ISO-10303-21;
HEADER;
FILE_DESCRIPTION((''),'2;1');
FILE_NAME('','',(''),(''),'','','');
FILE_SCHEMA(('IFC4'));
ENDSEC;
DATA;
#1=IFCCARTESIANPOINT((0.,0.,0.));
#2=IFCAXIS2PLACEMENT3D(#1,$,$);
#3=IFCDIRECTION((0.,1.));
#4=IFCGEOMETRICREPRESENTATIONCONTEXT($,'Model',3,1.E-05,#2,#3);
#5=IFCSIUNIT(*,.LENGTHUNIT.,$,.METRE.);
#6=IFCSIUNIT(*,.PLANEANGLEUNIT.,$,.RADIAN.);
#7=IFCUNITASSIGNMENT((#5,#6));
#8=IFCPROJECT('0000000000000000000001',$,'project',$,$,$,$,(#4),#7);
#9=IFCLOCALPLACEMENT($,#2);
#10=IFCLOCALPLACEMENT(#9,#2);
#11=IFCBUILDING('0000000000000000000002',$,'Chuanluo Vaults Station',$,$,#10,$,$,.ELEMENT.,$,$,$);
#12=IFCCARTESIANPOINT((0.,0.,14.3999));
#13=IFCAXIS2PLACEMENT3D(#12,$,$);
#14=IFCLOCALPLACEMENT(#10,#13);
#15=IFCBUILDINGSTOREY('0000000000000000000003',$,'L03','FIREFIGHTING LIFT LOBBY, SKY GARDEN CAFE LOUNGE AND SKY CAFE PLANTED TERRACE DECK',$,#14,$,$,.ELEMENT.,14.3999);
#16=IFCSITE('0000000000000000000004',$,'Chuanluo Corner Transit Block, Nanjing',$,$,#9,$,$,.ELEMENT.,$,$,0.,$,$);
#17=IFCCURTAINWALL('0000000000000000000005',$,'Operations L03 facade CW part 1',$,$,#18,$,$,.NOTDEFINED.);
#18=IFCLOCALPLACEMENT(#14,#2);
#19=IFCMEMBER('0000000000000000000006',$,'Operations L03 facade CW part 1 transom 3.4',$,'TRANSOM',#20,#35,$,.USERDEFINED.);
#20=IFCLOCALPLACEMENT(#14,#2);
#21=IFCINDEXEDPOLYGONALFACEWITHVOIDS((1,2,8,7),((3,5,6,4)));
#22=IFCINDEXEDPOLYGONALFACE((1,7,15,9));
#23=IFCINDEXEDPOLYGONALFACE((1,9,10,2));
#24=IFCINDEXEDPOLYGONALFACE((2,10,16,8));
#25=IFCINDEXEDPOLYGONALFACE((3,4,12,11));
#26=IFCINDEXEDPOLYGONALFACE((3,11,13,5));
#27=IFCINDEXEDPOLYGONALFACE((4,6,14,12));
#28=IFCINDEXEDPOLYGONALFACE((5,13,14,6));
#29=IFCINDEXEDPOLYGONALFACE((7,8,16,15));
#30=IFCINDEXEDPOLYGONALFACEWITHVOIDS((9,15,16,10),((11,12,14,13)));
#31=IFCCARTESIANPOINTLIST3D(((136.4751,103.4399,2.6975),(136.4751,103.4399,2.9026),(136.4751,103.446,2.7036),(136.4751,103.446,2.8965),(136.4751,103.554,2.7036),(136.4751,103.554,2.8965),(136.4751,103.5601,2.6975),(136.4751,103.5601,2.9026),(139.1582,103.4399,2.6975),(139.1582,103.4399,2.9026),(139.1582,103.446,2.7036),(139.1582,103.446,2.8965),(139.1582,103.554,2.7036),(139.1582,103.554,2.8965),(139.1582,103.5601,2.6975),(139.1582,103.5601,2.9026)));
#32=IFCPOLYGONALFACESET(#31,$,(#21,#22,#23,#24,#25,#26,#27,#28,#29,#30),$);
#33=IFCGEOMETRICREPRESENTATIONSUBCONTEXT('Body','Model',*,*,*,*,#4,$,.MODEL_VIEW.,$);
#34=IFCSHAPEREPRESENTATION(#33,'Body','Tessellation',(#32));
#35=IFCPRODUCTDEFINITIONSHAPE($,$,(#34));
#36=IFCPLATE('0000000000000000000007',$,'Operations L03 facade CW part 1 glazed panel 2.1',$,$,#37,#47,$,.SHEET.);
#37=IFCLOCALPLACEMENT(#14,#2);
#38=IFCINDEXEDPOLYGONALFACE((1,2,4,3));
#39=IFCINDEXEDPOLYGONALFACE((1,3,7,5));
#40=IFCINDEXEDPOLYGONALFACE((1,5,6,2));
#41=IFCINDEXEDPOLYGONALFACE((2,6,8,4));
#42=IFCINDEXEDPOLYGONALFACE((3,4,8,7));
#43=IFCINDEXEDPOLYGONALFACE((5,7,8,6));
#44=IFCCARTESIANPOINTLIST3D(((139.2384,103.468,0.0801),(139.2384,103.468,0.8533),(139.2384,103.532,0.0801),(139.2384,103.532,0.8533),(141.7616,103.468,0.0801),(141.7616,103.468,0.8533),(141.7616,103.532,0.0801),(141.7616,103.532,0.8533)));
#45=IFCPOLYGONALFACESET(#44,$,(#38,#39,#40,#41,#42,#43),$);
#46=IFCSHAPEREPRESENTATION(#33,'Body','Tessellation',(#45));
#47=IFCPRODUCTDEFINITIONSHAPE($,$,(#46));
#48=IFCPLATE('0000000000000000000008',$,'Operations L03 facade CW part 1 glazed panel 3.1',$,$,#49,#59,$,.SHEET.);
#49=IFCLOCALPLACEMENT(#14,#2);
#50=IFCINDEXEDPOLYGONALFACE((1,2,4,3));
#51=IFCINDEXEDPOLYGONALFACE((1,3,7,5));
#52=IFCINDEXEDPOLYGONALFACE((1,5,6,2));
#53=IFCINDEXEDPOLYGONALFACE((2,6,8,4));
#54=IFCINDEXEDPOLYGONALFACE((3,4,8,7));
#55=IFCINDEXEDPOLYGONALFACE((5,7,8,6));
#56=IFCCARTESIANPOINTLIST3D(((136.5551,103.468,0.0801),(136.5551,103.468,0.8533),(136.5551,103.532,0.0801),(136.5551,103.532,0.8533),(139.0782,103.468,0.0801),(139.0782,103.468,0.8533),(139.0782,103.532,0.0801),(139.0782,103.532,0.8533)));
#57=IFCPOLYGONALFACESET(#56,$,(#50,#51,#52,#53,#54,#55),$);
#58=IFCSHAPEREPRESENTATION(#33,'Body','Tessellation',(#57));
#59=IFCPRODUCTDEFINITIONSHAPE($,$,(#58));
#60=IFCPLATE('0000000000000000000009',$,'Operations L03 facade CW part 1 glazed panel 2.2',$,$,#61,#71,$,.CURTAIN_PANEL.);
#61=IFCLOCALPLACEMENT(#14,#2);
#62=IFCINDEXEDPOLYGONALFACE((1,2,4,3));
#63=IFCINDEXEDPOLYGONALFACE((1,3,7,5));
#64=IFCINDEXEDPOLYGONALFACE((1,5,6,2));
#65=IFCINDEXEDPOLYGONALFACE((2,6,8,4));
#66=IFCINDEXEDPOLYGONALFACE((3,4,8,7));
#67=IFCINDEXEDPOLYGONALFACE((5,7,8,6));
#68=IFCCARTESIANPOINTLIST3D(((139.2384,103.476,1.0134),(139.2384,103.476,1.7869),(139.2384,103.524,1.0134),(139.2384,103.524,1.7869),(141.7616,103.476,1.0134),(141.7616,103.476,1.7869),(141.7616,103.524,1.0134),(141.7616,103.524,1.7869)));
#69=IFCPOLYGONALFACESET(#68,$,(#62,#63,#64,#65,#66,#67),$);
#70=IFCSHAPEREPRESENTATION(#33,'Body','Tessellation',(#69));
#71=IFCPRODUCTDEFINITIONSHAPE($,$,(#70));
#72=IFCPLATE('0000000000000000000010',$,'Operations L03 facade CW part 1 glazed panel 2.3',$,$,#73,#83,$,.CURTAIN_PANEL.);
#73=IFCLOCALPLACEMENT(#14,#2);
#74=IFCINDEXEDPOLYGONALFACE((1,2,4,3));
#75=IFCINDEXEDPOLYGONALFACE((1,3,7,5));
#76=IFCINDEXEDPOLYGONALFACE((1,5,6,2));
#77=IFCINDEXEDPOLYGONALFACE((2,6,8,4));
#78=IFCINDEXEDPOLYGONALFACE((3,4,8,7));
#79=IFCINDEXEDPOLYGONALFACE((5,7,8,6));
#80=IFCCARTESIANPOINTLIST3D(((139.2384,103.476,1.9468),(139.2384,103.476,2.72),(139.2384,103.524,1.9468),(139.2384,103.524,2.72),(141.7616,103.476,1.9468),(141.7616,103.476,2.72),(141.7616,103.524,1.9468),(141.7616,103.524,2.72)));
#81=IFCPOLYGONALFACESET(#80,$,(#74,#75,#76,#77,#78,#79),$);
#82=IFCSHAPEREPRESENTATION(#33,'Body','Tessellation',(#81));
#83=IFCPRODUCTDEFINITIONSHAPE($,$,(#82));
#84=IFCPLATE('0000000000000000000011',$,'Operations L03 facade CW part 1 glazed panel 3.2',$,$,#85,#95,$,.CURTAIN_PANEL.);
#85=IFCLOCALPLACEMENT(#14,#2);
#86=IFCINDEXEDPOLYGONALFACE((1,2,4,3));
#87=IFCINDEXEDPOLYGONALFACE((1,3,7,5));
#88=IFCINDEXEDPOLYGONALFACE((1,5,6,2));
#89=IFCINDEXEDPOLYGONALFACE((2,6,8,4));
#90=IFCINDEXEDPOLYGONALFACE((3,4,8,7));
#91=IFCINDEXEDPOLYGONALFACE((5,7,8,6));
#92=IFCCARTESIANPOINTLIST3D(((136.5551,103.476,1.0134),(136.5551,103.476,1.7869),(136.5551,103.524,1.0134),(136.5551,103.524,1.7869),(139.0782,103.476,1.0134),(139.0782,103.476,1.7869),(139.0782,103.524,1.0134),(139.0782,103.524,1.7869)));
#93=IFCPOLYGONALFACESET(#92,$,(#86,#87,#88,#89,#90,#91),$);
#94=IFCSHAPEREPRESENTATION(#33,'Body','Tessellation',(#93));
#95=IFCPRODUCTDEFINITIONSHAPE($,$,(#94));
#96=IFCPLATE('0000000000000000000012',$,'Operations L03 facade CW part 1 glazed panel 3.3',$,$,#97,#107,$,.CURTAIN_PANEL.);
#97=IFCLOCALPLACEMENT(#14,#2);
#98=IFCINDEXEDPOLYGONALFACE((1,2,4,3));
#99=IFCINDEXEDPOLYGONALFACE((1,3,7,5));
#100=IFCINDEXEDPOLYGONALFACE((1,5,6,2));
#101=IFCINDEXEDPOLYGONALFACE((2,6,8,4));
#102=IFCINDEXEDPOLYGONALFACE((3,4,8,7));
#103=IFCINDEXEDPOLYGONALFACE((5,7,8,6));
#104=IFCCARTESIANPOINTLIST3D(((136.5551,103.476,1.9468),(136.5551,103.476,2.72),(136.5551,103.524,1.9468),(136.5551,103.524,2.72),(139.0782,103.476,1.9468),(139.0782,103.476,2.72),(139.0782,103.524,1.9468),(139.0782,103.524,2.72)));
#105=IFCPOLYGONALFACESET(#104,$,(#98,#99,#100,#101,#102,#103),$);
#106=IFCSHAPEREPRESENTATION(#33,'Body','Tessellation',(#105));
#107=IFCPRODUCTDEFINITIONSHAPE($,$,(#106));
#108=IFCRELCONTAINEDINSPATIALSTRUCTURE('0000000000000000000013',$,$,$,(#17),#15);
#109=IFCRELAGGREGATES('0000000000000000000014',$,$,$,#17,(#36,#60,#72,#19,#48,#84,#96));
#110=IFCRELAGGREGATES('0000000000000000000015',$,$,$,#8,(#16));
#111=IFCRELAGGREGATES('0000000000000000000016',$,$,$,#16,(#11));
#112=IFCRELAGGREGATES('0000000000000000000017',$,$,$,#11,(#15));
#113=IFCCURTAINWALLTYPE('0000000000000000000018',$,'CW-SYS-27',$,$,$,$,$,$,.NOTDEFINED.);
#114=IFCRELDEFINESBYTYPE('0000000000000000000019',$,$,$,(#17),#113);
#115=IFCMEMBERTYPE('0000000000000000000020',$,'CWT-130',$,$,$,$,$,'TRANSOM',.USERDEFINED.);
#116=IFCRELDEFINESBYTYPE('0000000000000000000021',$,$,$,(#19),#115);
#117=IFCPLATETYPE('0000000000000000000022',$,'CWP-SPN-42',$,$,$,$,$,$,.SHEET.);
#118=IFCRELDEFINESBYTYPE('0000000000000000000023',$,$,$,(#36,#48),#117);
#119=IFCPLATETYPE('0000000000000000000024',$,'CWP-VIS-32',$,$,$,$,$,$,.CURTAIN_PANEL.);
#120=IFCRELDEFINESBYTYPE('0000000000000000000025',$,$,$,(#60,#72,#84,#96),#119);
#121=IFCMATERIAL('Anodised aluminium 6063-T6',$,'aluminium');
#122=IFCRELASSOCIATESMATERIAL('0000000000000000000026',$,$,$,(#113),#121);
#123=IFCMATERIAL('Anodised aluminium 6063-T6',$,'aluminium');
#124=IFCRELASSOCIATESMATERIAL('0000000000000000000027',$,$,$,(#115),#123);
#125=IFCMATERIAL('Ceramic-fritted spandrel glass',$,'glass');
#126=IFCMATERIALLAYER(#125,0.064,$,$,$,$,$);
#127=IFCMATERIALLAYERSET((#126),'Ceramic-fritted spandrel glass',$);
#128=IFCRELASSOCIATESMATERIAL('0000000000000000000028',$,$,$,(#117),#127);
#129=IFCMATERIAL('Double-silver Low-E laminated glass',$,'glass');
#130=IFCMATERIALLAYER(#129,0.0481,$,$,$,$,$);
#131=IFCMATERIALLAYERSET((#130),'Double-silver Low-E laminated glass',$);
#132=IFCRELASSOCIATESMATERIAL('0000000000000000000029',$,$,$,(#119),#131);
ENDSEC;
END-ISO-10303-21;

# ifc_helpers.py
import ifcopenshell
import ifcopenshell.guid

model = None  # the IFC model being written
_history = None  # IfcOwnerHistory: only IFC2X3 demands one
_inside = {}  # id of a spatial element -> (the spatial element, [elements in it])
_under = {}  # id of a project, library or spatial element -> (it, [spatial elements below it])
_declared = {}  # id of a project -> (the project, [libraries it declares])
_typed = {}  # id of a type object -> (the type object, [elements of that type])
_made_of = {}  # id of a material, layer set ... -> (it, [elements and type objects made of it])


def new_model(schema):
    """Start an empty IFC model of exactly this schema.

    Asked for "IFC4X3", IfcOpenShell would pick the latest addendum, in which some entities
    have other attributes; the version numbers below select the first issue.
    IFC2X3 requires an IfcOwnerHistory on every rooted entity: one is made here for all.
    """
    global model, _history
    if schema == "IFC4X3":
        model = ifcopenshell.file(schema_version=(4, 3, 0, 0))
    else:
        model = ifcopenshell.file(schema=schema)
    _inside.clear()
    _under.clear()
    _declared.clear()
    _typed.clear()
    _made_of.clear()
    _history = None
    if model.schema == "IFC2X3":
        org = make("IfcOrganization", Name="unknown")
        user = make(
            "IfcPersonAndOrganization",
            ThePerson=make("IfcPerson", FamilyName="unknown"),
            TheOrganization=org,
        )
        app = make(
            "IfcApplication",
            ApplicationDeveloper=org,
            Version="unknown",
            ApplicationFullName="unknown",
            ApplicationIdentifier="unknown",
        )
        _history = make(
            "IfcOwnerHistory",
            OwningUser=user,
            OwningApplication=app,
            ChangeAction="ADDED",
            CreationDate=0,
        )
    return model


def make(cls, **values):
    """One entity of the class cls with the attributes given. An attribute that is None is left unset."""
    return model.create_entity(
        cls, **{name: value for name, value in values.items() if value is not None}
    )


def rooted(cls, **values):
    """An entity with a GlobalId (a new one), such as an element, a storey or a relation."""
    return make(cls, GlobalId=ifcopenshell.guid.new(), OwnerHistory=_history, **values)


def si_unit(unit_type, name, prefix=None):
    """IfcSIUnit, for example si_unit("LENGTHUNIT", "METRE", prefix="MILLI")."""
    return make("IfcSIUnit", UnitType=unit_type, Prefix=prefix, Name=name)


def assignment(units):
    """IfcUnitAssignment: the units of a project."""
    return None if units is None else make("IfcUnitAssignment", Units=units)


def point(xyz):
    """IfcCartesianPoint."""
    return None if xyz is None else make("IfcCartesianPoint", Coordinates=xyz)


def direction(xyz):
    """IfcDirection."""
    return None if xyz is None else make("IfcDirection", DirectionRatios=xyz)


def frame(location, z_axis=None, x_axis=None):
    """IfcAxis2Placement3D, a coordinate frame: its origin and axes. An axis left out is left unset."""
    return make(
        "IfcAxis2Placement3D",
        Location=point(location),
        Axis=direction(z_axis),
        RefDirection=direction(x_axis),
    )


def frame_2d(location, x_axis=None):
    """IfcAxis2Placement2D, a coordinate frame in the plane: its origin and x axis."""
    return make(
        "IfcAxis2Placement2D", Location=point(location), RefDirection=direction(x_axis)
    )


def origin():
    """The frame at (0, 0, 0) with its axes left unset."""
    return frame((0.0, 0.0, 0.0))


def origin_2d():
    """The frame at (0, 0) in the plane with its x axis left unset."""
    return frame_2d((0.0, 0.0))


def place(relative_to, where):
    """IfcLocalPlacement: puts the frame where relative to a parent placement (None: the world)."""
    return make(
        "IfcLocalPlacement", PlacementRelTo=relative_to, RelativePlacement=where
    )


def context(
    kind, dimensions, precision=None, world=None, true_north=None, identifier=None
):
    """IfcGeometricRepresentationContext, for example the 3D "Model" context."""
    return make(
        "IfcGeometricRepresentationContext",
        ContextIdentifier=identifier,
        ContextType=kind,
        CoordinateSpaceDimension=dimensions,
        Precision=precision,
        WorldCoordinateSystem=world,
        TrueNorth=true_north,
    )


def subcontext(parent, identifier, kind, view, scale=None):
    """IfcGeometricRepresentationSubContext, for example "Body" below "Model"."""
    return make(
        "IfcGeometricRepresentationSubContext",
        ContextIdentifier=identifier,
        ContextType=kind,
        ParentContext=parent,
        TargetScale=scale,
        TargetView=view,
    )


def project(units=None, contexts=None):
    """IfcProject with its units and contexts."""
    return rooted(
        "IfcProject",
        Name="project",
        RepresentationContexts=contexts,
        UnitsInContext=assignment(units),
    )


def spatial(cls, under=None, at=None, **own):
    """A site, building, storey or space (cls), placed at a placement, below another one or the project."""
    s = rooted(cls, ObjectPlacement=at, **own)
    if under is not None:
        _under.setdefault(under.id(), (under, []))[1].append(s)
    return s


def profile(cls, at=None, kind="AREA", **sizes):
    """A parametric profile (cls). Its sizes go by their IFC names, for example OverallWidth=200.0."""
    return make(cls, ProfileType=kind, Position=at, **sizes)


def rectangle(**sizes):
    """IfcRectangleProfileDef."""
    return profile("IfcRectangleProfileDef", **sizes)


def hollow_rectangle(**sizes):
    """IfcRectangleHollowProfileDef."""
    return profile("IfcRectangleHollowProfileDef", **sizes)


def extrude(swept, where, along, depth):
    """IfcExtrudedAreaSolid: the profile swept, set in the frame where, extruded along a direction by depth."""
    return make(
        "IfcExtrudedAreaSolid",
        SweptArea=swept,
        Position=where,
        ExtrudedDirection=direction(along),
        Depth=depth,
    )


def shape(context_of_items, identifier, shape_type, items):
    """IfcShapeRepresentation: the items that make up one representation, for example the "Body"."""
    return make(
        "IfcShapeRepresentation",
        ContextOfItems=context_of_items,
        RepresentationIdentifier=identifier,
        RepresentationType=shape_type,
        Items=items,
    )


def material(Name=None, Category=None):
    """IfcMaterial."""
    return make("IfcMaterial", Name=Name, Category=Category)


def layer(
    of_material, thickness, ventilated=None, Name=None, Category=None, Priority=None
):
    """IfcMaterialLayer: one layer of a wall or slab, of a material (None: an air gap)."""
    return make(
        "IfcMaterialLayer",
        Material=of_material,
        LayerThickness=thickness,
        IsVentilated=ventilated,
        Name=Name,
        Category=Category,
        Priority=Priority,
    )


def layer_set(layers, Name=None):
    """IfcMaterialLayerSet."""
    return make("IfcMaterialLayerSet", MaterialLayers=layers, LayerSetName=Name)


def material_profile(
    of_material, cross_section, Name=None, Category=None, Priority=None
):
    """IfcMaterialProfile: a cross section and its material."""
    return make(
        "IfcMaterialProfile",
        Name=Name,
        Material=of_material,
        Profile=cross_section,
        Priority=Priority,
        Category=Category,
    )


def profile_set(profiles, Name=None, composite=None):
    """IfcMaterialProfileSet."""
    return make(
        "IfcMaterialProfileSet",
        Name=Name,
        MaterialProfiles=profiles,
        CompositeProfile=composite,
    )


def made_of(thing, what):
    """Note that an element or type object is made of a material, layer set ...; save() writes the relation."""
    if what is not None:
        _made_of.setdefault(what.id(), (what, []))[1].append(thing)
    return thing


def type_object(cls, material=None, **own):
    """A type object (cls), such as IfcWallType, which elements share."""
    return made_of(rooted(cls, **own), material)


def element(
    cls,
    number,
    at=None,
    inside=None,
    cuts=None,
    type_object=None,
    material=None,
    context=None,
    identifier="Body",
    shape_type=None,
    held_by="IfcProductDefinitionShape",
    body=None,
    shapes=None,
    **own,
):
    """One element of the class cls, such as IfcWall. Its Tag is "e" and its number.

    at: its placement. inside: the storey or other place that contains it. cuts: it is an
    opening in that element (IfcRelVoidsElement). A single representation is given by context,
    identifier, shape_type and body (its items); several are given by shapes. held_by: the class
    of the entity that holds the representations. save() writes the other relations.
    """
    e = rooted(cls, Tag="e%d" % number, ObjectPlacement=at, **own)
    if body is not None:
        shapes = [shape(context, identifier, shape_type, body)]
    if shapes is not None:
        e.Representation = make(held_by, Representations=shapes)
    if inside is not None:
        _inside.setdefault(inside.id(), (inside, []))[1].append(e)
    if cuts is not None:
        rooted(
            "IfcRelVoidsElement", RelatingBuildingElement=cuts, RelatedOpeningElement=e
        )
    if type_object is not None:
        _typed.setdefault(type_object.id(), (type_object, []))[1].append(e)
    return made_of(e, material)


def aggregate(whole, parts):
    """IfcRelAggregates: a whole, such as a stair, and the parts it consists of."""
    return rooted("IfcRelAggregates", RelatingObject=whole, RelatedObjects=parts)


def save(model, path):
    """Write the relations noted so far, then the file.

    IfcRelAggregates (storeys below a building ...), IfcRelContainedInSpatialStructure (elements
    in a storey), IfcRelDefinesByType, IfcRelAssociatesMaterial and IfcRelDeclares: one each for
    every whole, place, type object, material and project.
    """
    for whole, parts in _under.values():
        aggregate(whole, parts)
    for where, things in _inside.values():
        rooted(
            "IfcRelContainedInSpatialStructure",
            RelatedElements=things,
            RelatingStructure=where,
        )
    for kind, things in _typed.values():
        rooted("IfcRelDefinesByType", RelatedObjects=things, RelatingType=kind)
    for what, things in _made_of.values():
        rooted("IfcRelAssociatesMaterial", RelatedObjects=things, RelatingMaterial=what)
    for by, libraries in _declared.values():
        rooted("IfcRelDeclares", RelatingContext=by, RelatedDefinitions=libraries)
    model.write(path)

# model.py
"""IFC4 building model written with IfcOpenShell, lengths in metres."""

from ifc_helpers import new_model, si_unit, direction, frame, origin, origin_2d, place, context, subcontext, project, spatial, rectangle, hollow_rectangle, extrude, material, layer, layer_set, material_profile, profile_set, type_object, element, aggregate, save


model = new_model("IFC4")

# Units and contexts
model_context = context("Model", 3, precision=1e-05, world=origin(), true_north=direction((0.0, 1.0)))
body_context = subcontext(model_context, "Body", "Model", "MODEL_VIEW")
ifc_project = project(units=[si_unit("LENGTHUNIT", "METRE"), si_unit("PLANEANGLEUNIT", "RADIAN")], contexts=[model_context])

# Site, building, storey
site_placement = place(None, origin())
site = spatial("IfcSite", under=ifc_project, at=site_placement, Name="Chuanluo Corner Transit Block, Nanjing", CompositionType="ELEMENT", RefElevation=0.0)
building_placement = place(site_placement, origin())
building = spatial("IfcBuilding", under=site, at=building_placement, Name="Chuanluo Vaults Station", CompositionType="ELEMENT")
storey_placement = place(building_placement, frame((0.0, 0.0, 14.3999)))
storey = spatial("IfcBuildingStorey", under=building, at=storey_placement, Name="L03", Description="FIREFIGHTING LIFT LOBBY, SKY GARDEN CAFE LOUNGE AND SKY CAFE PLANTED TERRACE DECK", CompositionType="ELEMENT", Elevation=14.3999)

# Curtain wall
ifc_material_1 = material(Name="Anodised aluminium 6063-T6", Category="aluminium")
curtain_wall_type_1 = type_object("IfcCurtainWallType", Name="CW-SYS-27", PredefinedType="NOTDEFINED", material=ifc_material_1)
curtain_wall_1_placement = place(storey_placement, origin())
curtain_wall_1 = element("IfcCurtainWall", 1, at=curtain_wall_1_placement, inside=storey, type_object=curtain_wall_type_1, Name="Operations L03 facade CW part 1", PredefinedType="NOTDEFINED")

# Member
ifc_material_2 = material(Name="Anodised aluminium 6063-T6", Category="aluminium")
ifc_material_profile_1 = material_profile(ifc_material_2, hollow_rectangle(XDim=0.1201, YDim=0.2051, WallThickness=0.0061, at=origin_2d()))
ifc_profile_set_1 = profile_set([ifc_material_profile_1], Name="Anodised aluminium 6063-T6")
member_type_1 = type_object("IfcMemberType", Name="CWT-130", ElementType="TRANSOM", PredefinedType="USERDEFINED", material=ifc_profile_set_1)
member_1_placement = place(storey_placement, frame((139.1582, 103.5, 2.8), z_axis=(-1.0, 0.0, 0.0), x_axis=(0.0, -1.0, 0.0)))
member_1 = element("IfcMember", 2, at=member_1_placement, type_object=member_type_1, Name="Operations L03 facade CW part 1 transom 3.4", ObjectType="TRANSOM", PredefinedType="USERDEFINED", context=body_context, shape_type="SweptSolid", body=[
    extrude(hollow_rectangle(XDim=0.1201, YDim=0.2051, WallThickness=0.0061, at=origin_2d()), origin(), (0.0, 0.0, 1.0), 2.6831),
])

# Plates
ifc_material_3 = material(Name="Ceramic-fritted spandrel glass", Category="glass")
ifc_layer_1 = layer(ifc_material_3, 0.064)
ifc_layer_set_1 = layer_set([ifc_layer_1], Name="Ceramic-fritted spandrel glass")
plate_type_1 = type_object("IfcPlateType", Name="CWP-SPN-42", PredefinedType="SHEET", material=ifc_layer_set_1)
plate_1_placement = place(storey_placement, frame((140.5, 103.5, 0.0801), z_axis=(0.0, 0.0, 1.0), x_axis=(-1.0, 0.0, 0.0)))
plate_1 = element("IfcPlate", 3, at=plate_1_placement, type_object=plate_type_1, Name="Operations L03 facade CW part 1 glazed panel 2.1", PredefinedType="SHEET", context=body_context, shape_type="SweptSolid", body=[
    extrude(rectangle(XDim=2.5232, YDim=0.064, at=origin_2d()), origin(), (0.0, 0.0, 1.0), 0.7732),
])
plate_2_placement = place(storey_placement, frame((137.8167, 103.5, 0.0801), z_axis=(0.0, 0.0, 1.0), x_axis=(-1.0, 0.0, 0.0)))
plate_2 = element("IfcPlate", 4, at=plate_2_placement, type_object=plate_type_1, Name="Operations L03 facade CW part 1 glazed panel 3.1", PredefinedType="SHEET", context=body_context, shape_type="SweptSolid", body=[
    extrude(rectangle(XDim=2.5232, YDim=0.064, at=origin_2d()), origin(), (0.0, 0.0, 1.0), 0.7732),
])
ifc_material_4 = material(Name="Double-silver Low-E laminated glass", Category="glass")
ifc_layer_2 = layer(ifc_material_4, 0.0481)
ifc_layer_set_2 = layer_set([ifc_layer_2], Name="Double-silver Low-E laminated glass")
plate_type_2 = type_object("IfcPlateType", Name="CWP-VIS-32", PredefinedType="CURTAIN_PANEL", material=ifc_layer_set_2)
plate_3_placement = place(storey_placement, frame((140.5, 103.5, 1.0134), z_axis=(0.0, 0.0, 1.0), x_axis=(-1.0, 0.0, 0.0)))
plate_3 = element("IfcPlate", 5, at=plate_3_placement, type_object=plate_type_2, Name="Operations L03 facade CW part 1 glazed panel 2.2", PredefinedType="CURTAIN_PANEL", context=body_context, shape_type="SweptSolid", body=[
    extrude(rectangle(XDim=2.5232, YDim=0.0481, at=origin_2d()), origin(), (0.0, 0.0, 1.0), 0.7734),
])
plate_4_placement = place(storey_placement, frame((140.5, 103.5, 1.9468), z_axis=(0.0, 0.0, 1.0), x_axis=(-1.0, 0.0, 0.0)))
plate_4 = element("IfcPlate", 6, at=plate_4_placement, type_object=plate_type_2, Name="Operations L03 facade CW part 1 glazed panel 2.3", PredefinedType="CURTAIN_PANEL", context=body_context, shape_type="SweptSolid", body=[
    extrude(rectangle(XDim=2.5232, YDim=0.0481, at=origin_2d()), origin(), (0.0, 0.0, 1.0), 0.7732),
])
plate_5_placement = place(storey_placement, frame((137.8167, 103.5, 1.0134), z_axis=(0.0, 0.0, 1.0), x_axis=(-1.0, 0.0, 0.0)))
plate_5 = element("IfcPlate", 7, at=plate_5_placement, type_object=plate_type_2, Name="Operations L03 facade CW part 1 glazed panel 3.2", PredefinedType="CURTAIN_PANEL", context=body_context, shape_type="SweptSolid", body=[
    extrude(rectangle(XDim=2.5232, YDim=0.0481, at=origin_2d()), origin(), (0.0, 0.0, 1.0), 0.7734),
])
plate_6_placement = place(storey_placement, frame((137.8167, 103.5, 1.9468), z_axis=(0.0, 0.0, 1.0), x_axis=(-1.0, 0.0, 0.0)))
plate_6 = element("IfcPlate", 8, at=plate_6_placement, type_object=plate_type_2, Name="Operations L03 facade CW part 1 glazed panel 3.3", PredefinedType="CURTAIN_PANEL", context=body_context, shape_type="SweptSolid", body=[
    extrude(rectangle(XDim=2.5232, YDim=0.0481, at=origin_2d()), origin(), (0.0, 0.0, 1.0), 0.7732),
])
aggregate(curtain_wall_1, [plate_1, plate_3, plate_4, member_1, plate_2, plate_5, plate_6])

save(model, "model.ifc")
